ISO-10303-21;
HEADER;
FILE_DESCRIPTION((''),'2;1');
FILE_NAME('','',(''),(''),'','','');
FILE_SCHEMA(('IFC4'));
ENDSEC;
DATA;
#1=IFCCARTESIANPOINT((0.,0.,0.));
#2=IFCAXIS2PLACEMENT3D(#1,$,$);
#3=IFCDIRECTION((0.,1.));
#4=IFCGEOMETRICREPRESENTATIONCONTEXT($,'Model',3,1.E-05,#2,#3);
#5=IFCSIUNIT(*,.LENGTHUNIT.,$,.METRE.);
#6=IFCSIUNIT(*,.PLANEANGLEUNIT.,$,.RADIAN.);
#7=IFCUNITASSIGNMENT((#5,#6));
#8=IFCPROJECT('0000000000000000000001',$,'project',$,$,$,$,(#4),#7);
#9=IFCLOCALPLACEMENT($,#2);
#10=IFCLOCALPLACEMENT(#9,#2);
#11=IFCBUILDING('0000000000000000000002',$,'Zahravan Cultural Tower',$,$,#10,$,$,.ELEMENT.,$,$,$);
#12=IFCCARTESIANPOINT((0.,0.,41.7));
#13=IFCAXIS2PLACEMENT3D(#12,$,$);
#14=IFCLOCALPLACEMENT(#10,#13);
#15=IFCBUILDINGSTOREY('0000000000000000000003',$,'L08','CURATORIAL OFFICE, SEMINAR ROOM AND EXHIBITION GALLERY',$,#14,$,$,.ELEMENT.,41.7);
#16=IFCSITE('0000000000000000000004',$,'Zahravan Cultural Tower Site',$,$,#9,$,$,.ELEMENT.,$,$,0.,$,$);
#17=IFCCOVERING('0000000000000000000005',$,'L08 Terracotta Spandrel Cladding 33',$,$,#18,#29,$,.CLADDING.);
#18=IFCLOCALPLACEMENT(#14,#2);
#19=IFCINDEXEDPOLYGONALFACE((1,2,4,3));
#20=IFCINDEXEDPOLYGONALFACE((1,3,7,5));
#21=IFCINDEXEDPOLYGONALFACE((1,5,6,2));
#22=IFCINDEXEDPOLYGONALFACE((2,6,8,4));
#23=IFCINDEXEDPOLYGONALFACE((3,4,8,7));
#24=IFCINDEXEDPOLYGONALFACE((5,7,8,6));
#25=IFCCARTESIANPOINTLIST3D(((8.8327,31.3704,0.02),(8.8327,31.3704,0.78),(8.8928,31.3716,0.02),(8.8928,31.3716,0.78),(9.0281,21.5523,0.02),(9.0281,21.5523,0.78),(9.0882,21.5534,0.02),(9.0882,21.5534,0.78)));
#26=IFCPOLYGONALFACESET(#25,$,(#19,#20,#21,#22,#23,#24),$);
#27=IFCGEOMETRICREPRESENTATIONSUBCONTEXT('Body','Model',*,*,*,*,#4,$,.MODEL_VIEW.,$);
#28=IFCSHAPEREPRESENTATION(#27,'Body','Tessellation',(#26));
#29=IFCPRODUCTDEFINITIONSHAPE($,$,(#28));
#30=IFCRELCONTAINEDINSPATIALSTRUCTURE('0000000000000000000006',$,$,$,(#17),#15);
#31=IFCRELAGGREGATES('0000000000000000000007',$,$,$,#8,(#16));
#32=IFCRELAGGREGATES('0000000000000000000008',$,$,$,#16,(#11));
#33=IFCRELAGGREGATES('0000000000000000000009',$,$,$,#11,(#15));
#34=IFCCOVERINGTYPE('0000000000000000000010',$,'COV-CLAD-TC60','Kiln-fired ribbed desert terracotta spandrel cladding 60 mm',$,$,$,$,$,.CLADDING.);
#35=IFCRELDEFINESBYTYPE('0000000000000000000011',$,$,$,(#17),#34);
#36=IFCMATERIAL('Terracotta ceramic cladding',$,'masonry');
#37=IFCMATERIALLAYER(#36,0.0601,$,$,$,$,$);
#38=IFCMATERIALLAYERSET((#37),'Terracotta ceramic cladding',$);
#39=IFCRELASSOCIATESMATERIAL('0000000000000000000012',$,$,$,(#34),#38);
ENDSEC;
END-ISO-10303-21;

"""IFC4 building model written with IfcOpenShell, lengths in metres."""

from ifc_helpers import new_model, si_unit, direction, frame, origin, origin_2d, place, context, subcontext, project, spatial, rectangle, extrude, source, transform, mapped, material, layer, layer_set, type_object, element, save


model = new_model("IFC4")

# Units and contexts
model_context = context("Model", 3, precision=1e-05, world=origin(), true_north=direction((0.0, 1.0)))
body_context = subcontext(model_context, "Body", "Model", "MODEL_VIEW")
ifc_project = project(units=[si_unit("LENGTHUNIT", "METRE"), si_unit("PLANEANGLEUNIT", "RADIAN")], contexts=[model_context])

# Site, building, storey
site_placement = place(None, origin())
site = spatial("IfcSite", under=ifc_project, at=site_placement, Name="Zahravan Cultural Tower Site", CompositionType="ELEMENT", RefElevation=0.0)
building_placement = place(site_placement, origin())
building = spatial("IfcBuilding", under=site, at=building_placement, Name="Zahravan Cultural Tower", CompositionType="ELEMENT")
storey_placement = place(building_placement, frame((0.0, 0.0, 41.7)))
storey = spatial("IfcBuildingStorey", under=building, at=storey_placement, Name="L08", Description="CURATORIAL OFFICE, SEMINAR ROOM AND EXHIBITION GALLERY", CompositionType="ELEMENT", Elevation=41.7)

# Covering
ifc_material_1 = material(Name="Terracotta ceramic cladding", Category="masonry")
ifc_layer_1 = layer(ifc_material_1, 0.0601)
ifc_layer_set_1 = layer_set([ifc_layer_1], Name="Terracotta ceramic cladding")
covering_type = type_object("IfcCoveringType", Name="COV-CLAD-TC60", Description="Kiln-fired ribbed desert terracotta spandrel cladding 60 mm", PredefinedType="CLADDING", material=ifc_layer_set_1)
shared_shape_1 = source(origin(), body_context, "Body", "SweptSolid", [
    extrude(rectangle(XDim=9.8201, YDim=0.0601, at=origin_2d()), origin(), (0.0, 0.0, 1.0), 0.76),
])
covering_placement = place(storey_placement, frame((8.9604, 26.4619, 0.02), z_axis=(0.0, 0.0, 1.0), x_axis=(-0.019895, 0.999802, 0.0)))
element("IfcCovering", 1, at=covering_placement, inside=storey, type_object=covering_type, Name="L08 Terracotta Spandrel Cladding 33", PredefinedType="CLADDING", context=body_context, shape_type="MappedRepresentation", body=[
    mapped(shared_shape_1, transform((0.0, 0.0, 0.0), x_axis=(1.0, 0.0, 0.0), y_axis=(0.0, 1.0, 0.0), z_axis=(0.0, 0.0, 1.0), scale=1.0)),
])

save(model, "model.ifc")
